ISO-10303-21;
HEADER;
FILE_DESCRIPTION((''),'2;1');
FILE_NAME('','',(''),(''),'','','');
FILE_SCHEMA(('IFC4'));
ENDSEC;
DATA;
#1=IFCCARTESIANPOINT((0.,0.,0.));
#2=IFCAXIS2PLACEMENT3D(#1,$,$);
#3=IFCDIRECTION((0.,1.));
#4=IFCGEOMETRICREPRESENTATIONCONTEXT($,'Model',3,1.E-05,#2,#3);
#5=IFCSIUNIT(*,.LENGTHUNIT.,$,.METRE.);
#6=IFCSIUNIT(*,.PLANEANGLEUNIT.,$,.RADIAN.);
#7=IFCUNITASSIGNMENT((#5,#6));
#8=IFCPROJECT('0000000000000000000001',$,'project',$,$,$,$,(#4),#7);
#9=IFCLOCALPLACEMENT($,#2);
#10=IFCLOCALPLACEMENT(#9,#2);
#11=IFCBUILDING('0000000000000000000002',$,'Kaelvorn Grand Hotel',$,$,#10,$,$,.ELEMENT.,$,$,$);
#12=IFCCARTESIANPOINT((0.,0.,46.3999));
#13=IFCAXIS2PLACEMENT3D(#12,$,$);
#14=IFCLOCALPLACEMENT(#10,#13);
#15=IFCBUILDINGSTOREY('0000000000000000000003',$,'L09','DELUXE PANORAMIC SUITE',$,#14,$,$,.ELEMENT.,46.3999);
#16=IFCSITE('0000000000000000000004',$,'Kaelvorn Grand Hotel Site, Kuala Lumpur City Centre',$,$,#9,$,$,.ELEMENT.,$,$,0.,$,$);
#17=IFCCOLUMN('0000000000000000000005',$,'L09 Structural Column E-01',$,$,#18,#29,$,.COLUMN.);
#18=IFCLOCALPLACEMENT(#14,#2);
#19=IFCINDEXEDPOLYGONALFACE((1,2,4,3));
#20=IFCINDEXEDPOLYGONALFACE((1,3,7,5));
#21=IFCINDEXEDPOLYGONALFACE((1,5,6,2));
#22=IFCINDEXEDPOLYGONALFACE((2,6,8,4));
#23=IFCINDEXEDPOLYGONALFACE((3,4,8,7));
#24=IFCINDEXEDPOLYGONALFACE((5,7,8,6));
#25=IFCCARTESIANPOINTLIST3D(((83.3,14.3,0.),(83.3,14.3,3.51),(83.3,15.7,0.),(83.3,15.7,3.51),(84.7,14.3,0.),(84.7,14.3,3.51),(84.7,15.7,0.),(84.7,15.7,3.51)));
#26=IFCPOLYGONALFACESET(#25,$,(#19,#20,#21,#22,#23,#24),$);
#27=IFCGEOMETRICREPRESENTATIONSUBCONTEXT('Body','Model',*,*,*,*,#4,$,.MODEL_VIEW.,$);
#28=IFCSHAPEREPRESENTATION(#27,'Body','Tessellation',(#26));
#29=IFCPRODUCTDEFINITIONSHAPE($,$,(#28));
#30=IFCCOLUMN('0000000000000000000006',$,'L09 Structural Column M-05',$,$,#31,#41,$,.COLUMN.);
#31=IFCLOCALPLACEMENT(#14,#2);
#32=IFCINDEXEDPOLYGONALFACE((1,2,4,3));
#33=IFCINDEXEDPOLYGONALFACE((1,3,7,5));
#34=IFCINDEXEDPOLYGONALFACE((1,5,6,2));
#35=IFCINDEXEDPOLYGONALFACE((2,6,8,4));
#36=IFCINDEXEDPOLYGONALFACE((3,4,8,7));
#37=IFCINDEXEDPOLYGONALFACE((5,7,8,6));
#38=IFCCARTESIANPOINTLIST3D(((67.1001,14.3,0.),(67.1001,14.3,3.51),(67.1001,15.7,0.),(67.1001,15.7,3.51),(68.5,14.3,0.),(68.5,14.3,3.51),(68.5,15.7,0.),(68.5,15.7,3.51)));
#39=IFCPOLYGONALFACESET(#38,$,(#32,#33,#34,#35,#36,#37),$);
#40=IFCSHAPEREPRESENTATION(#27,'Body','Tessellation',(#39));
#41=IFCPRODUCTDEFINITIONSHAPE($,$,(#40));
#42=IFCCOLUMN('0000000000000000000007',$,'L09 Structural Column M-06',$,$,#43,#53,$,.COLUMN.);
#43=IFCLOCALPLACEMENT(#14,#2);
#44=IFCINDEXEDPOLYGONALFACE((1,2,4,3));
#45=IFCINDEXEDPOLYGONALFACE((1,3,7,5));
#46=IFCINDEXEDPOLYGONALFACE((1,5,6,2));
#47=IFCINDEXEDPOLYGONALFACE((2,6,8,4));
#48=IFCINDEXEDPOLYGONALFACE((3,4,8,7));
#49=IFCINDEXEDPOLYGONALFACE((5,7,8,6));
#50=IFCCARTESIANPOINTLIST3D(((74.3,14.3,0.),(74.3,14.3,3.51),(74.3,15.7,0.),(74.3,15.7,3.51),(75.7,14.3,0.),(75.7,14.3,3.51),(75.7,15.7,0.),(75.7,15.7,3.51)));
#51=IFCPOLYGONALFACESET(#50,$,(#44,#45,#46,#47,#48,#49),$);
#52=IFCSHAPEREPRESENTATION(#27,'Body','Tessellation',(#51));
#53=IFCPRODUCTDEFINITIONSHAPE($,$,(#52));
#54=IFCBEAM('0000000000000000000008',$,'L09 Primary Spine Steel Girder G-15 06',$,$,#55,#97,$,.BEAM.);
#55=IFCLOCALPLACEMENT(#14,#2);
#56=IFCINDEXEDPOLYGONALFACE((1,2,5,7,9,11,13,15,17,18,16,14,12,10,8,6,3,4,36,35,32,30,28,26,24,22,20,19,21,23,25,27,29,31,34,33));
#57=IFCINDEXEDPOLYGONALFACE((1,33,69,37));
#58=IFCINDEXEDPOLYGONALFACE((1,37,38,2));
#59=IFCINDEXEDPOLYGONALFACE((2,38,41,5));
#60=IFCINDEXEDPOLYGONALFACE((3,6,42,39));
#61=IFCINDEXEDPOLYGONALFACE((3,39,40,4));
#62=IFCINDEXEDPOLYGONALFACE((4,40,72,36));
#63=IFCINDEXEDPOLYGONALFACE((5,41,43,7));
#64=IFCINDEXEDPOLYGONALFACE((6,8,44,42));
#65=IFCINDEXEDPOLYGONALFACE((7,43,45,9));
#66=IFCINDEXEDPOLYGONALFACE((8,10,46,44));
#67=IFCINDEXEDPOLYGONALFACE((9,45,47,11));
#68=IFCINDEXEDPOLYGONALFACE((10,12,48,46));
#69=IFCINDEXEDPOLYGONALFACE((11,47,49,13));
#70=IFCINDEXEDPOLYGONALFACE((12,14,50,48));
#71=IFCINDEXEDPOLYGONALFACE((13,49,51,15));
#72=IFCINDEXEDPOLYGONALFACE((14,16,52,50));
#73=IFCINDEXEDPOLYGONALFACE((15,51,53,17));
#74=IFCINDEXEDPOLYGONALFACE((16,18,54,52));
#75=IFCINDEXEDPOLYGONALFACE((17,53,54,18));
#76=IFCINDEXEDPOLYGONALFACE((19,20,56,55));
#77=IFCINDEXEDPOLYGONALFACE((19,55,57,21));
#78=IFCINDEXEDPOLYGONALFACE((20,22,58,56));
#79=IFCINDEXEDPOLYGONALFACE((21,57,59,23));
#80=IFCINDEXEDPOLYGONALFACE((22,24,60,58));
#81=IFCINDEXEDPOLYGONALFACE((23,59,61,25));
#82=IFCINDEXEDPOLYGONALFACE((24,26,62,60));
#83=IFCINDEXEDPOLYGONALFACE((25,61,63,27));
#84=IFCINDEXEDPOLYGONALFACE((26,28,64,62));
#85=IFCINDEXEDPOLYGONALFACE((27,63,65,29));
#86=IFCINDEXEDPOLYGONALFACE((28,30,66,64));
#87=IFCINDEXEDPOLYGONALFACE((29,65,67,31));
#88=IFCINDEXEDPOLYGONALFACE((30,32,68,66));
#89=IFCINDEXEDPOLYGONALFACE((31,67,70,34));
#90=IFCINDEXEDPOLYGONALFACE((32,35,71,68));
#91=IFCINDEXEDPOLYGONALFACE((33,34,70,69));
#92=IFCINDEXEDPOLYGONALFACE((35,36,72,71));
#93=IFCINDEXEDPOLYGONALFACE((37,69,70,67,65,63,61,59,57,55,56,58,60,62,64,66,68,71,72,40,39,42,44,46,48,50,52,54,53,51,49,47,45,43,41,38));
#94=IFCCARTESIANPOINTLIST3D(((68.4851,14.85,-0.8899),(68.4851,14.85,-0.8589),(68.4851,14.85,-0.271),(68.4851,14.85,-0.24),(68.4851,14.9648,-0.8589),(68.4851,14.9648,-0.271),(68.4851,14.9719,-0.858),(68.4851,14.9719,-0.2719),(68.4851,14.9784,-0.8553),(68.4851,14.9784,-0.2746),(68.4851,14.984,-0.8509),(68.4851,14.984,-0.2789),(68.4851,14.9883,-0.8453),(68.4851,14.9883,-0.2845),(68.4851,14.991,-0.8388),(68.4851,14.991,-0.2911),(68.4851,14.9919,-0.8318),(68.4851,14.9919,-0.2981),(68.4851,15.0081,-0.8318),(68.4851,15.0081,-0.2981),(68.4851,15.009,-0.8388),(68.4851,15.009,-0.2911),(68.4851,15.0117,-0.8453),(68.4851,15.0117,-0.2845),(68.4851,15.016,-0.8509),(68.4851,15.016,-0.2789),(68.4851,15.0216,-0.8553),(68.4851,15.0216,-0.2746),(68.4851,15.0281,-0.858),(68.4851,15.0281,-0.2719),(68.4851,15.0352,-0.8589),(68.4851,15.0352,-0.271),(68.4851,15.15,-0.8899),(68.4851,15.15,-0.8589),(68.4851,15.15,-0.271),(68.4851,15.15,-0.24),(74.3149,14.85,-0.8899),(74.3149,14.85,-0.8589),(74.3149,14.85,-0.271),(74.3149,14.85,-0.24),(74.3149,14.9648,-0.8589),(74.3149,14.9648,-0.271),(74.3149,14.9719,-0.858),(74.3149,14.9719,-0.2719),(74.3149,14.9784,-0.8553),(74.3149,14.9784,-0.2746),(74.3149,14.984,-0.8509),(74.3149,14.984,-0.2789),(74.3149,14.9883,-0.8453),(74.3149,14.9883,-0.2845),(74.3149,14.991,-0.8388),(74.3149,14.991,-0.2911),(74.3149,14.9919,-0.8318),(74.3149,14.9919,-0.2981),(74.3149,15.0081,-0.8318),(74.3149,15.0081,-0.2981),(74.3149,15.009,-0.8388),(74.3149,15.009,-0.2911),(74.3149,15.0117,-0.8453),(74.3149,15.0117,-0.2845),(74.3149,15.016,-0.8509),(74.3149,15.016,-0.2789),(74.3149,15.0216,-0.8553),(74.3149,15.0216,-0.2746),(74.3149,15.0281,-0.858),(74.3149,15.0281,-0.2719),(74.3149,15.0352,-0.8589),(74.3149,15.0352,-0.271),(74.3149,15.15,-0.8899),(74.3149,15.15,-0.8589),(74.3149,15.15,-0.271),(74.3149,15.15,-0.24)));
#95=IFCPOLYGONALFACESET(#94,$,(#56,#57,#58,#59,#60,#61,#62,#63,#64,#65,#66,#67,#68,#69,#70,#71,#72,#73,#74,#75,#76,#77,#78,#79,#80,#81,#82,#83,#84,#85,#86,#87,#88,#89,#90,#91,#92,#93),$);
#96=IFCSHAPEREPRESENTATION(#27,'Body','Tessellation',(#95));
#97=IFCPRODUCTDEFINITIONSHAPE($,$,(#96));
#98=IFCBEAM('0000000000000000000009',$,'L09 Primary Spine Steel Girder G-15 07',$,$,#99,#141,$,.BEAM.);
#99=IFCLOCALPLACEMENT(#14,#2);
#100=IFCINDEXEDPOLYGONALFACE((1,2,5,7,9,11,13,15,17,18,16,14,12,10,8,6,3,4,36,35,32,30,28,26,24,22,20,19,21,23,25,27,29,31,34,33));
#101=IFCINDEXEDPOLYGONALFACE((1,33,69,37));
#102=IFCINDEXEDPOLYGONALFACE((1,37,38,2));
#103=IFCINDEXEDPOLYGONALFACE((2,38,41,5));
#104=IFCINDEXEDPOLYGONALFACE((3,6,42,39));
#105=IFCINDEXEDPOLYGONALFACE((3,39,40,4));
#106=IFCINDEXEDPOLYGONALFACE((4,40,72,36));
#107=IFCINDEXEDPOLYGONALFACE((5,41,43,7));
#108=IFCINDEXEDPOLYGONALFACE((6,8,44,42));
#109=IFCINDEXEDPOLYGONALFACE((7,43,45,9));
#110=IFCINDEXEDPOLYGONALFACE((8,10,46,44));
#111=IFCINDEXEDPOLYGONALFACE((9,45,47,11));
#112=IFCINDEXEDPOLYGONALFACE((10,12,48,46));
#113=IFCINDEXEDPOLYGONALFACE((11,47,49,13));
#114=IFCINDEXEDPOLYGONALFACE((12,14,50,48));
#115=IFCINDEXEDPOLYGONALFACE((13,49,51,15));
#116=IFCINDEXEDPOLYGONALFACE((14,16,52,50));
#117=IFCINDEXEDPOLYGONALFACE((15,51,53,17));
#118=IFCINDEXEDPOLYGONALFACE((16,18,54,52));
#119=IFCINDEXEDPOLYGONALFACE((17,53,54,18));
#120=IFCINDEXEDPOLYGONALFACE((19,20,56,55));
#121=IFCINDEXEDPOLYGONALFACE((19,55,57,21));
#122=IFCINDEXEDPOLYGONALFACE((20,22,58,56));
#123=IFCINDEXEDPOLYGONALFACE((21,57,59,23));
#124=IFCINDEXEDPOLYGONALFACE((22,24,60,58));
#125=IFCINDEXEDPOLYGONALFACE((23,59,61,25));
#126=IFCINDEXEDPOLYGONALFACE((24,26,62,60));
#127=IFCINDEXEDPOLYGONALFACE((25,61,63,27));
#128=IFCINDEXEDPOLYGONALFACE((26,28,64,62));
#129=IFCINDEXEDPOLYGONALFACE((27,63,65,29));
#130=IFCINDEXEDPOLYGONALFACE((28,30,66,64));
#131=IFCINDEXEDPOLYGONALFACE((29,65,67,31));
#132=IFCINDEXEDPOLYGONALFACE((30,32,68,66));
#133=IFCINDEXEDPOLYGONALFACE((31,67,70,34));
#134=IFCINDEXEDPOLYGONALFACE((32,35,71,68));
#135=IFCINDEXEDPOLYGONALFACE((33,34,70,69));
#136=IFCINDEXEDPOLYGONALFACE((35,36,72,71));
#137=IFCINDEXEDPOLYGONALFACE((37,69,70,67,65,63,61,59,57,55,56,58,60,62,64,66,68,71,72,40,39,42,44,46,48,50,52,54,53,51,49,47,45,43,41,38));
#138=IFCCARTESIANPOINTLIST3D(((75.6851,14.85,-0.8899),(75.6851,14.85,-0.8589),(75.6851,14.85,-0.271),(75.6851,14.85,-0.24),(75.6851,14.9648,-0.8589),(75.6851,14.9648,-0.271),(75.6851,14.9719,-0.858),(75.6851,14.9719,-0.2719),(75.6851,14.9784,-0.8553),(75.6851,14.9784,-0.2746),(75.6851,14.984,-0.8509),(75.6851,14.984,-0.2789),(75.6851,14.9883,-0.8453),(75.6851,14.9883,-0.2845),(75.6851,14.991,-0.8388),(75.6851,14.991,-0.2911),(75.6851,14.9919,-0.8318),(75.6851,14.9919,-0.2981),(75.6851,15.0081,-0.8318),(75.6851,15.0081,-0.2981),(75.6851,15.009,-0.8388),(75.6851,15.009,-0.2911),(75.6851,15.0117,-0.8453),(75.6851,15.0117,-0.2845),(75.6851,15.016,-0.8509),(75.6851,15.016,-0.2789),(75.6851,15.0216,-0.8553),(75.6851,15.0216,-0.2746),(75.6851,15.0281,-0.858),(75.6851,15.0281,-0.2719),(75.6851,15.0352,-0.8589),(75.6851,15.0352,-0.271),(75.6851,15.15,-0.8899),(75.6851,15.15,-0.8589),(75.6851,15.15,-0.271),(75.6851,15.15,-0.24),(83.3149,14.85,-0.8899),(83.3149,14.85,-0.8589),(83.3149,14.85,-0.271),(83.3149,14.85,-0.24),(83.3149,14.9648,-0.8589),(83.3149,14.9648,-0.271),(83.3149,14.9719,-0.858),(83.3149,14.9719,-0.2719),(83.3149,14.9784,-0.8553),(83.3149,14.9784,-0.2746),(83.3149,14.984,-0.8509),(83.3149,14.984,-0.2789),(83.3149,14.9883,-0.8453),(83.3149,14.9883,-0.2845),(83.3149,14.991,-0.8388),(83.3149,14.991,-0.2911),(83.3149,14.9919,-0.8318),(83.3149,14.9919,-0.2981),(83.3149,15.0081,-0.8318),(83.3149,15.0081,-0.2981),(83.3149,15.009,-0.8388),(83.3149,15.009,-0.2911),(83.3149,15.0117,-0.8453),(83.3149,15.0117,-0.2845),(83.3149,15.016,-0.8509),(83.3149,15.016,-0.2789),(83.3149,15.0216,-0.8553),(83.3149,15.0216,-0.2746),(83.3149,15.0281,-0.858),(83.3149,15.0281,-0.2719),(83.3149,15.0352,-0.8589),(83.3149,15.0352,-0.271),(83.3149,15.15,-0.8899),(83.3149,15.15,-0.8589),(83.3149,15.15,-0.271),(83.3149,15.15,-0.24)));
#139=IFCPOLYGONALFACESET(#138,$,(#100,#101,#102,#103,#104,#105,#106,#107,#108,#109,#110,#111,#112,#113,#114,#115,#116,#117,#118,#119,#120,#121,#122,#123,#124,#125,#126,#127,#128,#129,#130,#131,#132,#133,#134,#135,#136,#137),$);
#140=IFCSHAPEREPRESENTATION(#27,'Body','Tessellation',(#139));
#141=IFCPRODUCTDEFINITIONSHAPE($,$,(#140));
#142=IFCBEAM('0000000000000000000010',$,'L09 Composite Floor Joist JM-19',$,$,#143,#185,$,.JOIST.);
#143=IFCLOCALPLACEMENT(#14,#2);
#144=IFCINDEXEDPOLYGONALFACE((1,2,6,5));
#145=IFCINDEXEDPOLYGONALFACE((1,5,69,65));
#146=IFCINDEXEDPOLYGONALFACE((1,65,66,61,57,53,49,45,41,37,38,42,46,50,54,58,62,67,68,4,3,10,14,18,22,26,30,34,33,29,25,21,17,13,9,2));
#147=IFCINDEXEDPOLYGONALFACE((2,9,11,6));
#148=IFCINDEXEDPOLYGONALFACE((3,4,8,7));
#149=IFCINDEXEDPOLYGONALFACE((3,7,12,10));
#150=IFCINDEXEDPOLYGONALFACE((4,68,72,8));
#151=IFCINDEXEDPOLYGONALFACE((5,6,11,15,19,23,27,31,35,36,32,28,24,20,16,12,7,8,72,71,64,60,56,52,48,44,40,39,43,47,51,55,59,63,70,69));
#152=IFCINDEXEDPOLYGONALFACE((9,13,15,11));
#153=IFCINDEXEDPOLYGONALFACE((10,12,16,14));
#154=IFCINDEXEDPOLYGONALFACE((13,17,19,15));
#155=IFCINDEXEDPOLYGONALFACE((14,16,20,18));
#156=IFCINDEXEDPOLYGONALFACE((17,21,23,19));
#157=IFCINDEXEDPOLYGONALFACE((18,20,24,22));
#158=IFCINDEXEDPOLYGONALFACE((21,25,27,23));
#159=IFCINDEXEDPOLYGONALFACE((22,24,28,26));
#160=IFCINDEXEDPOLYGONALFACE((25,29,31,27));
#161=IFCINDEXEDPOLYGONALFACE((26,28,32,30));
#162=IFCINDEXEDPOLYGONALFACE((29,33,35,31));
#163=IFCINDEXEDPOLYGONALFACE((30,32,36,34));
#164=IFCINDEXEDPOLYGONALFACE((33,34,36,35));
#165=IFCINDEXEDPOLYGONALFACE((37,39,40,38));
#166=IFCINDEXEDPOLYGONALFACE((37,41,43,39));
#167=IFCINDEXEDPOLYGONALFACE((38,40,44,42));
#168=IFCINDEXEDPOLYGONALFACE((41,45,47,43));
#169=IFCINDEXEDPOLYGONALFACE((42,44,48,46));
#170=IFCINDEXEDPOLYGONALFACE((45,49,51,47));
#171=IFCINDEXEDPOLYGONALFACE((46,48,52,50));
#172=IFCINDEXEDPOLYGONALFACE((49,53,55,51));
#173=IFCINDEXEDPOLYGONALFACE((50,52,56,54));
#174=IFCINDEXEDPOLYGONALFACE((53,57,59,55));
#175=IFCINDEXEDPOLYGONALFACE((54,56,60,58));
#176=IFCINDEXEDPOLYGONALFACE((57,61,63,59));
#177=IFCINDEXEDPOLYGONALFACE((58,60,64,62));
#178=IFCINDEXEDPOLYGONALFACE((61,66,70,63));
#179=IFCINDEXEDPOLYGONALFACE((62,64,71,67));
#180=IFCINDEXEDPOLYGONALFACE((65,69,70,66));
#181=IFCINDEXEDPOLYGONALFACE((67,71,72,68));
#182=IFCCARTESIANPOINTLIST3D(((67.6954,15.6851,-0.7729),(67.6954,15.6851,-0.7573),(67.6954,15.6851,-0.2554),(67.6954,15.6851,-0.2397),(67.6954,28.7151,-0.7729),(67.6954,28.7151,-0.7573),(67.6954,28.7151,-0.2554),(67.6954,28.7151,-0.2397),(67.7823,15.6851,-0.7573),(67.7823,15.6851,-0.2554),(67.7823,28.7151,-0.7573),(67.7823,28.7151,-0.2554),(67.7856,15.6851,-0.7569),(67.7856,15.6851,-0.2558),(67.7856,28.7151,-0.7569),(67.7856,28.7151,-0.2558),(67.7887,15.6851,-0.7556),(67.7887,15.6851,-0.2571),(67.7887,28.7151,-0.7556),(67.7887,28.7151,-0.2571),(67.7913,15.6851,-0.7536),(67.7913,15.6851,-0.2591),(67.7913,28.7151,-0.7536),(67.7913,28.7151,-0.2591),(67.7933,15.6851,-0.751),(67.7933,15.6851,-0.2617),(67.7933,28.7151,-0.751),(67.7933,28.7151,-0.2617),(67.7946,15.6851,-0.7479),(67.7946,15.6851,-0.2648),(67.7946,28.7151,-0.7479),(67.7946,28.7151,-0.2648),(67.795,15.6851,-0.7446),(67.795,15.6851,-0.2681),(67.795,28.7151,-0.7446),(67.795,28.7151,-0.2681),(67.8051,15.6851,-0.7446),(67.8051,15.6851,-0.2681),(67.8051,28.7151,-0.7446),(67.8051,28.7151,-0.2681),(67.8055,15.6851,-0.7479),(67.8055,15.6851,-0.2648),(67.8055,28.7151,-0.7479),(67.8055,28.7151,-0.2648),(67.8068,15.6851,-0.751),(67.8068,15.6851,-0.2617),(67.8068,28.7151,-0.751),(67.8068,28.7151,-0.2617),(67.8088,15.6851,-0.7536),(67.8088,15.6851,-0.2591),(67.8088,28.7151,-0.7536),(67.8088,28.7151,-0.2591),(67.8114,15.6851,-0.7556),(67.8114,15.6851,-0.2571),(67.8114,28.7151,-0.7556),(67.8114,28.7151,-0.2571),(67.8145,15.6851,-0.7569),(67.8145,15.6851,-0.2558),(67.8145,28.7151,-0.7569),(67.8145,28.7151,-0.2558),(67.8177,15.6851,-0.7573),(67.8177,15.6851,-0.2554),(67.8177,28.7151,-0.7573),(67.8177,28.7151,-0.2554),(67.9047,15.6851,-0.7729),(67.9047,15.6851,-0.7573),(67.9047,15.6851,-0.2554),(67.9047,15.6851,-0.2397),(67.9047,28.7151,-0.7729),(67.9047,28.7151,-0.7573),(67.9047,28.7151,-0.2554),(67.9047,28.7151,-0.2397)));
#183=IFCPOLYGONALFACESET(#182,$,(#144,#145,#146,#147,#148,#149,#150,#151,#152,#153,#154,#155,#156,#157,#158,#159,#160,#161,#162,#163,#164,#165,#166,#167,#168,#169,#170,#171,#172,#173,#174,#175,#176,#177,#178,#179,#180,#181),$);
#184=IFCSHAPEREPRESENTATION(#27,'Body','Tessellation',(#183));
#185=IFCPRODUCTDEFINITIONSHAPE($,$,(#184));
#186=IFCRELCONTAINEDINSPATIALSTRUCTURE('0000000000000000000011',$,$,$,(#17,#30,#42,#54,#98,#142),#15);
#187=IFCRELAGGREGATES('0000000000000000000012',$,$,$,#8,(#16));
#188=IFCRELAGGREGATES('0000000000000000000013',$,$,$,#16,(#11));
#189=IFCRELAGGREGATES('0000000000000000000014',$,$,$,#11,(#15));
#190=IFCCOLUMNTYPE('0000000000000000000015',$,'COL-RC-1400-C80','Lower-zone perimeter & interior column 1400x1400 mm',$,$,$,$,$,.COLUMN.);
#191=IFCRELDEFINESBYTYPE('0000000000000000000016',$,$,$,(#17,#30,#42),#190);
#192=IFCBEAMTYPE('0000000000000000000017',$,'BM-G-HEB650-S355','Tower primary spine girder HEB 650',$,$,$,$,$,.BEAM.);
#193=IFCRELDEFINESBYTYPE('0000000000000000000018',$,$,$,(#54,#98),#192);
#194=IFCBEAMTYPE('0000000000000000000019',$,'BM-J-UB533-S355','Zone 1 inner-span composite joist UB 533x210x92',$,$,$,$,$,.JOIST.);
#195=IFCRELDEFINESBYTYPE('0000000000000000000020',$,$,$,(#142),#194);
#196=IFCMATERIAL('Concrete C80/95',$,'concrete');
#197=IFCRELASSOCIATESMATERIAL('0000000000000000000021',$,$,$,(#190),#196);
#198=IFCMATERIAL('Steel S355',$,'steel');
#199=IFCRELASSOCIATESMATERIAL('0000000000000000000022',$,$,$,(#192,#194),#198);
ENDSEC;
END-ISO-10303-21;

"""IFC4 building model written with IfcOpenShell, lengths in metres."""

from ifc_helpers import new_model, si_unit, direction, frame, origin, origin_2d, place, context, subcontext, project, spatial, rectangle, i_section, extrude, material, material_profile, profile_set, type_object, element, save


model = new_model("IFC4")

# Units and contexts
model_context = context("Model", 3, precision=1e-05, world=origin(), true_north=direction((0.0, 1.0)))
body_context = subcontext(model_context, "Body", "Model", "MODEL_VIEW")
ifc_project = project(units=[si_unit("LENGTHUNIT", "METRE"), si_unit("PLANEANGLEUNIT", "RADIAN")], contexts=[model_context])

# Site, building, storey
site_placement = place(None, origin())
site = spatial("IfcSite", under=ifc_project, at=site_placement, Name="Kaelvorn Grand Hotel Site, Kuala Lumpur City Centre", CompositionType="ELEMENT", RefElevation=0.0)
building_placement = place(site_placement, origin())
building = spatial("IfcBuilding", under=site, at=building_placement, Name="Kaelvorn Grand Hotel", CompositionType="ELEMENT")
storey_placement = place(building_placement, frame((0.0, 0.0, 46.3999)))
storey = spatial("IfcBuildingStorey", under=building, at=storey_placement, Name="L09", Description="DELUXE PANORAMIC SUITE", CompositionType="ELEMENT", Elevation=46.3999)

# Columns
ifc_material_1 = material(Name="Concrete C80/95", Category="concrete")
ifc_material_profile_1 = material_profile(ifc_material_1, rectangle(XDim=1.3999, YDim=1.3999, at=origin_2d()), Name="RC COL 1400x1400")
ifc_profile_set_1 = profile_set([ifc_material_profile_1], Name="Concrete C80/95")
column_type = type_object("IfcColumnType", Name="COL-RC-1400-C80", Description="Lower-zone perimeter & interior column 1400x1400 mm", PredefinedType="COLUMN", material=ifc_profile_set_1)
for number, where, z_axis, x_axis, name in (
    (1, (84.0, 15.0, 0.0), (0.0, 0.0, 1.0), (1.0, 0.0, 0.0), "L09 Structural Column E-01"),
    (2, (67.8, 15.0, 0.0), (0.0, 0.0, 1.0), (1.0, 0.0, 0.0), "L09 Structural Column M-05"),
    (3, (75.0, 15.0, 0.0), (0.0, 0.0, 1.0), (1.0, 0.0, 0.0), "L09 Structural Column M-06"),
):
    element("IfcColumn", number, at=place(storey_placement, frame(where, z_axis=z_axis, x_axis=x_axis)), inside=storey, type_object=column_type, Name=name, PredefinedType="COLUMN", context=body_context, shape_type="SweptSolid", body=[
        extrude(rectangle(XDim=1.3999, YDim=1.3999, at=origin_2d()), origin(), (0.0, 0.0, 1.0), 3.51),
    ])

# Beams
ifc_material_2 = material(Name="Steel S355", Category="steel")
ifc_material_profile_2 = material_profile(ifc_material_2, i_section(OverallWidth=0.3, OverallDepth=0.6499, WebThickness=0.0161, FlangeThickness=0.031, FilletRadius=0.0271, at=origin_2d()), Name="HEB 650")
ifc_profile_set_2 = profile_set([ifc_material_profile_2], Name="Steel S355")
beam_type_1 = type_object("IfcBeamType", Name="BM-G-HEB650-S355", Description="Tower primary spine girder HEB 650", PredefinedType="BEAM", material=ifc_profile_set_2)
beam_1_placement = place(storey_placement, frame((68.4851, 15.0, -0.5649), z_axis=(1.0, 0.0, 0.0), x_axis=(0.0, 1.0, 0.0)))
element("IfcBeam", 4, at=beam_1_placement, inside=storey, type_object=beam_type_1, Name="L09 Primary Spine Steel Girder G-15 06", PredefinedType="BEAM", context=body_context, shape_type="SweptSolid", body=[
    extrude(i_section(OverallWidth=0.3, OverallDepth=0.6499, WebThickness=0.0161, FlangeThickness=0.031, FilletRadius=0.0271, at=origin_2d()), origin(), (0.0, 0.0, 1.0), 5.8298),
])
beam_2_placement = place(storey_placement, frame((75.6851, 15.0, -0.5649), z_axis=(1.0, 0.0, 0.0), x_axis=(0.0, 1.0, 0.0)))
element("IfcBeam", 5, at=beam_2_placement, inside=storey, type_object=beam_type_1, Name="L09 Primary Spine Steel Girder G-15 07", PredefinedType="BEAM", context=body_context, shape_type="SweptSolid", body=[
    extrude(i_section(OverallWidth=0.3, OverallDepth=0.6499, WebThickness=0.0161, FlangeThickness=0.031, FilletRadius=0.0271, at=origin_2d()), origin(), (0.0, 0.0, 1.0), 7.6299),
])
ifc_material_profile_3 = material_profile(ifc_material_2, i_section(OverallWidth=0.2092, OverallDepth=0.5332, WebThickness=0.01, FlangeThickness=0.0156, FilletRadius=0.0127, at=origin_2d()), Name="UB 533x210x92")
ifc_profile_set_3 = profile_set([ifc_material_profile_3], Name="Steel S355")
beam_type_2 = type_object("IfcBeamType", Name="BM-J-UB533-S355", Description="Zone 1 inner-span composite joist UB 533x210x92", PredefinedType="JOIST", material=ifc_profile_set_3)
beam_3_placement = place(storey_placement, frame((67.8, 15.6851, -0.5063), z_axis=(0.0, 1.0, 0.0), x_axis=(-1.0, 0.0, 0.0)))
element("IfcBeam", 6, at=beam_3_placement, inside=storey, type_object=beam_type_2, Name="L09 Composite Floor Joist JM-19", PredefinedType="JOIST", context=body_context, shape_type="SweptSolid", body=[
    extrude(i_section(OverallWidth=0.2092, OverallDepth=0.5332, WebThickness=0.01, FlangeThickness=0.0156, FilletRadius=0.0127, at=origin_2d()), origin(), (0.0, 0.0, 1.0), 13.03),
])

save(model, "model.ifc")
